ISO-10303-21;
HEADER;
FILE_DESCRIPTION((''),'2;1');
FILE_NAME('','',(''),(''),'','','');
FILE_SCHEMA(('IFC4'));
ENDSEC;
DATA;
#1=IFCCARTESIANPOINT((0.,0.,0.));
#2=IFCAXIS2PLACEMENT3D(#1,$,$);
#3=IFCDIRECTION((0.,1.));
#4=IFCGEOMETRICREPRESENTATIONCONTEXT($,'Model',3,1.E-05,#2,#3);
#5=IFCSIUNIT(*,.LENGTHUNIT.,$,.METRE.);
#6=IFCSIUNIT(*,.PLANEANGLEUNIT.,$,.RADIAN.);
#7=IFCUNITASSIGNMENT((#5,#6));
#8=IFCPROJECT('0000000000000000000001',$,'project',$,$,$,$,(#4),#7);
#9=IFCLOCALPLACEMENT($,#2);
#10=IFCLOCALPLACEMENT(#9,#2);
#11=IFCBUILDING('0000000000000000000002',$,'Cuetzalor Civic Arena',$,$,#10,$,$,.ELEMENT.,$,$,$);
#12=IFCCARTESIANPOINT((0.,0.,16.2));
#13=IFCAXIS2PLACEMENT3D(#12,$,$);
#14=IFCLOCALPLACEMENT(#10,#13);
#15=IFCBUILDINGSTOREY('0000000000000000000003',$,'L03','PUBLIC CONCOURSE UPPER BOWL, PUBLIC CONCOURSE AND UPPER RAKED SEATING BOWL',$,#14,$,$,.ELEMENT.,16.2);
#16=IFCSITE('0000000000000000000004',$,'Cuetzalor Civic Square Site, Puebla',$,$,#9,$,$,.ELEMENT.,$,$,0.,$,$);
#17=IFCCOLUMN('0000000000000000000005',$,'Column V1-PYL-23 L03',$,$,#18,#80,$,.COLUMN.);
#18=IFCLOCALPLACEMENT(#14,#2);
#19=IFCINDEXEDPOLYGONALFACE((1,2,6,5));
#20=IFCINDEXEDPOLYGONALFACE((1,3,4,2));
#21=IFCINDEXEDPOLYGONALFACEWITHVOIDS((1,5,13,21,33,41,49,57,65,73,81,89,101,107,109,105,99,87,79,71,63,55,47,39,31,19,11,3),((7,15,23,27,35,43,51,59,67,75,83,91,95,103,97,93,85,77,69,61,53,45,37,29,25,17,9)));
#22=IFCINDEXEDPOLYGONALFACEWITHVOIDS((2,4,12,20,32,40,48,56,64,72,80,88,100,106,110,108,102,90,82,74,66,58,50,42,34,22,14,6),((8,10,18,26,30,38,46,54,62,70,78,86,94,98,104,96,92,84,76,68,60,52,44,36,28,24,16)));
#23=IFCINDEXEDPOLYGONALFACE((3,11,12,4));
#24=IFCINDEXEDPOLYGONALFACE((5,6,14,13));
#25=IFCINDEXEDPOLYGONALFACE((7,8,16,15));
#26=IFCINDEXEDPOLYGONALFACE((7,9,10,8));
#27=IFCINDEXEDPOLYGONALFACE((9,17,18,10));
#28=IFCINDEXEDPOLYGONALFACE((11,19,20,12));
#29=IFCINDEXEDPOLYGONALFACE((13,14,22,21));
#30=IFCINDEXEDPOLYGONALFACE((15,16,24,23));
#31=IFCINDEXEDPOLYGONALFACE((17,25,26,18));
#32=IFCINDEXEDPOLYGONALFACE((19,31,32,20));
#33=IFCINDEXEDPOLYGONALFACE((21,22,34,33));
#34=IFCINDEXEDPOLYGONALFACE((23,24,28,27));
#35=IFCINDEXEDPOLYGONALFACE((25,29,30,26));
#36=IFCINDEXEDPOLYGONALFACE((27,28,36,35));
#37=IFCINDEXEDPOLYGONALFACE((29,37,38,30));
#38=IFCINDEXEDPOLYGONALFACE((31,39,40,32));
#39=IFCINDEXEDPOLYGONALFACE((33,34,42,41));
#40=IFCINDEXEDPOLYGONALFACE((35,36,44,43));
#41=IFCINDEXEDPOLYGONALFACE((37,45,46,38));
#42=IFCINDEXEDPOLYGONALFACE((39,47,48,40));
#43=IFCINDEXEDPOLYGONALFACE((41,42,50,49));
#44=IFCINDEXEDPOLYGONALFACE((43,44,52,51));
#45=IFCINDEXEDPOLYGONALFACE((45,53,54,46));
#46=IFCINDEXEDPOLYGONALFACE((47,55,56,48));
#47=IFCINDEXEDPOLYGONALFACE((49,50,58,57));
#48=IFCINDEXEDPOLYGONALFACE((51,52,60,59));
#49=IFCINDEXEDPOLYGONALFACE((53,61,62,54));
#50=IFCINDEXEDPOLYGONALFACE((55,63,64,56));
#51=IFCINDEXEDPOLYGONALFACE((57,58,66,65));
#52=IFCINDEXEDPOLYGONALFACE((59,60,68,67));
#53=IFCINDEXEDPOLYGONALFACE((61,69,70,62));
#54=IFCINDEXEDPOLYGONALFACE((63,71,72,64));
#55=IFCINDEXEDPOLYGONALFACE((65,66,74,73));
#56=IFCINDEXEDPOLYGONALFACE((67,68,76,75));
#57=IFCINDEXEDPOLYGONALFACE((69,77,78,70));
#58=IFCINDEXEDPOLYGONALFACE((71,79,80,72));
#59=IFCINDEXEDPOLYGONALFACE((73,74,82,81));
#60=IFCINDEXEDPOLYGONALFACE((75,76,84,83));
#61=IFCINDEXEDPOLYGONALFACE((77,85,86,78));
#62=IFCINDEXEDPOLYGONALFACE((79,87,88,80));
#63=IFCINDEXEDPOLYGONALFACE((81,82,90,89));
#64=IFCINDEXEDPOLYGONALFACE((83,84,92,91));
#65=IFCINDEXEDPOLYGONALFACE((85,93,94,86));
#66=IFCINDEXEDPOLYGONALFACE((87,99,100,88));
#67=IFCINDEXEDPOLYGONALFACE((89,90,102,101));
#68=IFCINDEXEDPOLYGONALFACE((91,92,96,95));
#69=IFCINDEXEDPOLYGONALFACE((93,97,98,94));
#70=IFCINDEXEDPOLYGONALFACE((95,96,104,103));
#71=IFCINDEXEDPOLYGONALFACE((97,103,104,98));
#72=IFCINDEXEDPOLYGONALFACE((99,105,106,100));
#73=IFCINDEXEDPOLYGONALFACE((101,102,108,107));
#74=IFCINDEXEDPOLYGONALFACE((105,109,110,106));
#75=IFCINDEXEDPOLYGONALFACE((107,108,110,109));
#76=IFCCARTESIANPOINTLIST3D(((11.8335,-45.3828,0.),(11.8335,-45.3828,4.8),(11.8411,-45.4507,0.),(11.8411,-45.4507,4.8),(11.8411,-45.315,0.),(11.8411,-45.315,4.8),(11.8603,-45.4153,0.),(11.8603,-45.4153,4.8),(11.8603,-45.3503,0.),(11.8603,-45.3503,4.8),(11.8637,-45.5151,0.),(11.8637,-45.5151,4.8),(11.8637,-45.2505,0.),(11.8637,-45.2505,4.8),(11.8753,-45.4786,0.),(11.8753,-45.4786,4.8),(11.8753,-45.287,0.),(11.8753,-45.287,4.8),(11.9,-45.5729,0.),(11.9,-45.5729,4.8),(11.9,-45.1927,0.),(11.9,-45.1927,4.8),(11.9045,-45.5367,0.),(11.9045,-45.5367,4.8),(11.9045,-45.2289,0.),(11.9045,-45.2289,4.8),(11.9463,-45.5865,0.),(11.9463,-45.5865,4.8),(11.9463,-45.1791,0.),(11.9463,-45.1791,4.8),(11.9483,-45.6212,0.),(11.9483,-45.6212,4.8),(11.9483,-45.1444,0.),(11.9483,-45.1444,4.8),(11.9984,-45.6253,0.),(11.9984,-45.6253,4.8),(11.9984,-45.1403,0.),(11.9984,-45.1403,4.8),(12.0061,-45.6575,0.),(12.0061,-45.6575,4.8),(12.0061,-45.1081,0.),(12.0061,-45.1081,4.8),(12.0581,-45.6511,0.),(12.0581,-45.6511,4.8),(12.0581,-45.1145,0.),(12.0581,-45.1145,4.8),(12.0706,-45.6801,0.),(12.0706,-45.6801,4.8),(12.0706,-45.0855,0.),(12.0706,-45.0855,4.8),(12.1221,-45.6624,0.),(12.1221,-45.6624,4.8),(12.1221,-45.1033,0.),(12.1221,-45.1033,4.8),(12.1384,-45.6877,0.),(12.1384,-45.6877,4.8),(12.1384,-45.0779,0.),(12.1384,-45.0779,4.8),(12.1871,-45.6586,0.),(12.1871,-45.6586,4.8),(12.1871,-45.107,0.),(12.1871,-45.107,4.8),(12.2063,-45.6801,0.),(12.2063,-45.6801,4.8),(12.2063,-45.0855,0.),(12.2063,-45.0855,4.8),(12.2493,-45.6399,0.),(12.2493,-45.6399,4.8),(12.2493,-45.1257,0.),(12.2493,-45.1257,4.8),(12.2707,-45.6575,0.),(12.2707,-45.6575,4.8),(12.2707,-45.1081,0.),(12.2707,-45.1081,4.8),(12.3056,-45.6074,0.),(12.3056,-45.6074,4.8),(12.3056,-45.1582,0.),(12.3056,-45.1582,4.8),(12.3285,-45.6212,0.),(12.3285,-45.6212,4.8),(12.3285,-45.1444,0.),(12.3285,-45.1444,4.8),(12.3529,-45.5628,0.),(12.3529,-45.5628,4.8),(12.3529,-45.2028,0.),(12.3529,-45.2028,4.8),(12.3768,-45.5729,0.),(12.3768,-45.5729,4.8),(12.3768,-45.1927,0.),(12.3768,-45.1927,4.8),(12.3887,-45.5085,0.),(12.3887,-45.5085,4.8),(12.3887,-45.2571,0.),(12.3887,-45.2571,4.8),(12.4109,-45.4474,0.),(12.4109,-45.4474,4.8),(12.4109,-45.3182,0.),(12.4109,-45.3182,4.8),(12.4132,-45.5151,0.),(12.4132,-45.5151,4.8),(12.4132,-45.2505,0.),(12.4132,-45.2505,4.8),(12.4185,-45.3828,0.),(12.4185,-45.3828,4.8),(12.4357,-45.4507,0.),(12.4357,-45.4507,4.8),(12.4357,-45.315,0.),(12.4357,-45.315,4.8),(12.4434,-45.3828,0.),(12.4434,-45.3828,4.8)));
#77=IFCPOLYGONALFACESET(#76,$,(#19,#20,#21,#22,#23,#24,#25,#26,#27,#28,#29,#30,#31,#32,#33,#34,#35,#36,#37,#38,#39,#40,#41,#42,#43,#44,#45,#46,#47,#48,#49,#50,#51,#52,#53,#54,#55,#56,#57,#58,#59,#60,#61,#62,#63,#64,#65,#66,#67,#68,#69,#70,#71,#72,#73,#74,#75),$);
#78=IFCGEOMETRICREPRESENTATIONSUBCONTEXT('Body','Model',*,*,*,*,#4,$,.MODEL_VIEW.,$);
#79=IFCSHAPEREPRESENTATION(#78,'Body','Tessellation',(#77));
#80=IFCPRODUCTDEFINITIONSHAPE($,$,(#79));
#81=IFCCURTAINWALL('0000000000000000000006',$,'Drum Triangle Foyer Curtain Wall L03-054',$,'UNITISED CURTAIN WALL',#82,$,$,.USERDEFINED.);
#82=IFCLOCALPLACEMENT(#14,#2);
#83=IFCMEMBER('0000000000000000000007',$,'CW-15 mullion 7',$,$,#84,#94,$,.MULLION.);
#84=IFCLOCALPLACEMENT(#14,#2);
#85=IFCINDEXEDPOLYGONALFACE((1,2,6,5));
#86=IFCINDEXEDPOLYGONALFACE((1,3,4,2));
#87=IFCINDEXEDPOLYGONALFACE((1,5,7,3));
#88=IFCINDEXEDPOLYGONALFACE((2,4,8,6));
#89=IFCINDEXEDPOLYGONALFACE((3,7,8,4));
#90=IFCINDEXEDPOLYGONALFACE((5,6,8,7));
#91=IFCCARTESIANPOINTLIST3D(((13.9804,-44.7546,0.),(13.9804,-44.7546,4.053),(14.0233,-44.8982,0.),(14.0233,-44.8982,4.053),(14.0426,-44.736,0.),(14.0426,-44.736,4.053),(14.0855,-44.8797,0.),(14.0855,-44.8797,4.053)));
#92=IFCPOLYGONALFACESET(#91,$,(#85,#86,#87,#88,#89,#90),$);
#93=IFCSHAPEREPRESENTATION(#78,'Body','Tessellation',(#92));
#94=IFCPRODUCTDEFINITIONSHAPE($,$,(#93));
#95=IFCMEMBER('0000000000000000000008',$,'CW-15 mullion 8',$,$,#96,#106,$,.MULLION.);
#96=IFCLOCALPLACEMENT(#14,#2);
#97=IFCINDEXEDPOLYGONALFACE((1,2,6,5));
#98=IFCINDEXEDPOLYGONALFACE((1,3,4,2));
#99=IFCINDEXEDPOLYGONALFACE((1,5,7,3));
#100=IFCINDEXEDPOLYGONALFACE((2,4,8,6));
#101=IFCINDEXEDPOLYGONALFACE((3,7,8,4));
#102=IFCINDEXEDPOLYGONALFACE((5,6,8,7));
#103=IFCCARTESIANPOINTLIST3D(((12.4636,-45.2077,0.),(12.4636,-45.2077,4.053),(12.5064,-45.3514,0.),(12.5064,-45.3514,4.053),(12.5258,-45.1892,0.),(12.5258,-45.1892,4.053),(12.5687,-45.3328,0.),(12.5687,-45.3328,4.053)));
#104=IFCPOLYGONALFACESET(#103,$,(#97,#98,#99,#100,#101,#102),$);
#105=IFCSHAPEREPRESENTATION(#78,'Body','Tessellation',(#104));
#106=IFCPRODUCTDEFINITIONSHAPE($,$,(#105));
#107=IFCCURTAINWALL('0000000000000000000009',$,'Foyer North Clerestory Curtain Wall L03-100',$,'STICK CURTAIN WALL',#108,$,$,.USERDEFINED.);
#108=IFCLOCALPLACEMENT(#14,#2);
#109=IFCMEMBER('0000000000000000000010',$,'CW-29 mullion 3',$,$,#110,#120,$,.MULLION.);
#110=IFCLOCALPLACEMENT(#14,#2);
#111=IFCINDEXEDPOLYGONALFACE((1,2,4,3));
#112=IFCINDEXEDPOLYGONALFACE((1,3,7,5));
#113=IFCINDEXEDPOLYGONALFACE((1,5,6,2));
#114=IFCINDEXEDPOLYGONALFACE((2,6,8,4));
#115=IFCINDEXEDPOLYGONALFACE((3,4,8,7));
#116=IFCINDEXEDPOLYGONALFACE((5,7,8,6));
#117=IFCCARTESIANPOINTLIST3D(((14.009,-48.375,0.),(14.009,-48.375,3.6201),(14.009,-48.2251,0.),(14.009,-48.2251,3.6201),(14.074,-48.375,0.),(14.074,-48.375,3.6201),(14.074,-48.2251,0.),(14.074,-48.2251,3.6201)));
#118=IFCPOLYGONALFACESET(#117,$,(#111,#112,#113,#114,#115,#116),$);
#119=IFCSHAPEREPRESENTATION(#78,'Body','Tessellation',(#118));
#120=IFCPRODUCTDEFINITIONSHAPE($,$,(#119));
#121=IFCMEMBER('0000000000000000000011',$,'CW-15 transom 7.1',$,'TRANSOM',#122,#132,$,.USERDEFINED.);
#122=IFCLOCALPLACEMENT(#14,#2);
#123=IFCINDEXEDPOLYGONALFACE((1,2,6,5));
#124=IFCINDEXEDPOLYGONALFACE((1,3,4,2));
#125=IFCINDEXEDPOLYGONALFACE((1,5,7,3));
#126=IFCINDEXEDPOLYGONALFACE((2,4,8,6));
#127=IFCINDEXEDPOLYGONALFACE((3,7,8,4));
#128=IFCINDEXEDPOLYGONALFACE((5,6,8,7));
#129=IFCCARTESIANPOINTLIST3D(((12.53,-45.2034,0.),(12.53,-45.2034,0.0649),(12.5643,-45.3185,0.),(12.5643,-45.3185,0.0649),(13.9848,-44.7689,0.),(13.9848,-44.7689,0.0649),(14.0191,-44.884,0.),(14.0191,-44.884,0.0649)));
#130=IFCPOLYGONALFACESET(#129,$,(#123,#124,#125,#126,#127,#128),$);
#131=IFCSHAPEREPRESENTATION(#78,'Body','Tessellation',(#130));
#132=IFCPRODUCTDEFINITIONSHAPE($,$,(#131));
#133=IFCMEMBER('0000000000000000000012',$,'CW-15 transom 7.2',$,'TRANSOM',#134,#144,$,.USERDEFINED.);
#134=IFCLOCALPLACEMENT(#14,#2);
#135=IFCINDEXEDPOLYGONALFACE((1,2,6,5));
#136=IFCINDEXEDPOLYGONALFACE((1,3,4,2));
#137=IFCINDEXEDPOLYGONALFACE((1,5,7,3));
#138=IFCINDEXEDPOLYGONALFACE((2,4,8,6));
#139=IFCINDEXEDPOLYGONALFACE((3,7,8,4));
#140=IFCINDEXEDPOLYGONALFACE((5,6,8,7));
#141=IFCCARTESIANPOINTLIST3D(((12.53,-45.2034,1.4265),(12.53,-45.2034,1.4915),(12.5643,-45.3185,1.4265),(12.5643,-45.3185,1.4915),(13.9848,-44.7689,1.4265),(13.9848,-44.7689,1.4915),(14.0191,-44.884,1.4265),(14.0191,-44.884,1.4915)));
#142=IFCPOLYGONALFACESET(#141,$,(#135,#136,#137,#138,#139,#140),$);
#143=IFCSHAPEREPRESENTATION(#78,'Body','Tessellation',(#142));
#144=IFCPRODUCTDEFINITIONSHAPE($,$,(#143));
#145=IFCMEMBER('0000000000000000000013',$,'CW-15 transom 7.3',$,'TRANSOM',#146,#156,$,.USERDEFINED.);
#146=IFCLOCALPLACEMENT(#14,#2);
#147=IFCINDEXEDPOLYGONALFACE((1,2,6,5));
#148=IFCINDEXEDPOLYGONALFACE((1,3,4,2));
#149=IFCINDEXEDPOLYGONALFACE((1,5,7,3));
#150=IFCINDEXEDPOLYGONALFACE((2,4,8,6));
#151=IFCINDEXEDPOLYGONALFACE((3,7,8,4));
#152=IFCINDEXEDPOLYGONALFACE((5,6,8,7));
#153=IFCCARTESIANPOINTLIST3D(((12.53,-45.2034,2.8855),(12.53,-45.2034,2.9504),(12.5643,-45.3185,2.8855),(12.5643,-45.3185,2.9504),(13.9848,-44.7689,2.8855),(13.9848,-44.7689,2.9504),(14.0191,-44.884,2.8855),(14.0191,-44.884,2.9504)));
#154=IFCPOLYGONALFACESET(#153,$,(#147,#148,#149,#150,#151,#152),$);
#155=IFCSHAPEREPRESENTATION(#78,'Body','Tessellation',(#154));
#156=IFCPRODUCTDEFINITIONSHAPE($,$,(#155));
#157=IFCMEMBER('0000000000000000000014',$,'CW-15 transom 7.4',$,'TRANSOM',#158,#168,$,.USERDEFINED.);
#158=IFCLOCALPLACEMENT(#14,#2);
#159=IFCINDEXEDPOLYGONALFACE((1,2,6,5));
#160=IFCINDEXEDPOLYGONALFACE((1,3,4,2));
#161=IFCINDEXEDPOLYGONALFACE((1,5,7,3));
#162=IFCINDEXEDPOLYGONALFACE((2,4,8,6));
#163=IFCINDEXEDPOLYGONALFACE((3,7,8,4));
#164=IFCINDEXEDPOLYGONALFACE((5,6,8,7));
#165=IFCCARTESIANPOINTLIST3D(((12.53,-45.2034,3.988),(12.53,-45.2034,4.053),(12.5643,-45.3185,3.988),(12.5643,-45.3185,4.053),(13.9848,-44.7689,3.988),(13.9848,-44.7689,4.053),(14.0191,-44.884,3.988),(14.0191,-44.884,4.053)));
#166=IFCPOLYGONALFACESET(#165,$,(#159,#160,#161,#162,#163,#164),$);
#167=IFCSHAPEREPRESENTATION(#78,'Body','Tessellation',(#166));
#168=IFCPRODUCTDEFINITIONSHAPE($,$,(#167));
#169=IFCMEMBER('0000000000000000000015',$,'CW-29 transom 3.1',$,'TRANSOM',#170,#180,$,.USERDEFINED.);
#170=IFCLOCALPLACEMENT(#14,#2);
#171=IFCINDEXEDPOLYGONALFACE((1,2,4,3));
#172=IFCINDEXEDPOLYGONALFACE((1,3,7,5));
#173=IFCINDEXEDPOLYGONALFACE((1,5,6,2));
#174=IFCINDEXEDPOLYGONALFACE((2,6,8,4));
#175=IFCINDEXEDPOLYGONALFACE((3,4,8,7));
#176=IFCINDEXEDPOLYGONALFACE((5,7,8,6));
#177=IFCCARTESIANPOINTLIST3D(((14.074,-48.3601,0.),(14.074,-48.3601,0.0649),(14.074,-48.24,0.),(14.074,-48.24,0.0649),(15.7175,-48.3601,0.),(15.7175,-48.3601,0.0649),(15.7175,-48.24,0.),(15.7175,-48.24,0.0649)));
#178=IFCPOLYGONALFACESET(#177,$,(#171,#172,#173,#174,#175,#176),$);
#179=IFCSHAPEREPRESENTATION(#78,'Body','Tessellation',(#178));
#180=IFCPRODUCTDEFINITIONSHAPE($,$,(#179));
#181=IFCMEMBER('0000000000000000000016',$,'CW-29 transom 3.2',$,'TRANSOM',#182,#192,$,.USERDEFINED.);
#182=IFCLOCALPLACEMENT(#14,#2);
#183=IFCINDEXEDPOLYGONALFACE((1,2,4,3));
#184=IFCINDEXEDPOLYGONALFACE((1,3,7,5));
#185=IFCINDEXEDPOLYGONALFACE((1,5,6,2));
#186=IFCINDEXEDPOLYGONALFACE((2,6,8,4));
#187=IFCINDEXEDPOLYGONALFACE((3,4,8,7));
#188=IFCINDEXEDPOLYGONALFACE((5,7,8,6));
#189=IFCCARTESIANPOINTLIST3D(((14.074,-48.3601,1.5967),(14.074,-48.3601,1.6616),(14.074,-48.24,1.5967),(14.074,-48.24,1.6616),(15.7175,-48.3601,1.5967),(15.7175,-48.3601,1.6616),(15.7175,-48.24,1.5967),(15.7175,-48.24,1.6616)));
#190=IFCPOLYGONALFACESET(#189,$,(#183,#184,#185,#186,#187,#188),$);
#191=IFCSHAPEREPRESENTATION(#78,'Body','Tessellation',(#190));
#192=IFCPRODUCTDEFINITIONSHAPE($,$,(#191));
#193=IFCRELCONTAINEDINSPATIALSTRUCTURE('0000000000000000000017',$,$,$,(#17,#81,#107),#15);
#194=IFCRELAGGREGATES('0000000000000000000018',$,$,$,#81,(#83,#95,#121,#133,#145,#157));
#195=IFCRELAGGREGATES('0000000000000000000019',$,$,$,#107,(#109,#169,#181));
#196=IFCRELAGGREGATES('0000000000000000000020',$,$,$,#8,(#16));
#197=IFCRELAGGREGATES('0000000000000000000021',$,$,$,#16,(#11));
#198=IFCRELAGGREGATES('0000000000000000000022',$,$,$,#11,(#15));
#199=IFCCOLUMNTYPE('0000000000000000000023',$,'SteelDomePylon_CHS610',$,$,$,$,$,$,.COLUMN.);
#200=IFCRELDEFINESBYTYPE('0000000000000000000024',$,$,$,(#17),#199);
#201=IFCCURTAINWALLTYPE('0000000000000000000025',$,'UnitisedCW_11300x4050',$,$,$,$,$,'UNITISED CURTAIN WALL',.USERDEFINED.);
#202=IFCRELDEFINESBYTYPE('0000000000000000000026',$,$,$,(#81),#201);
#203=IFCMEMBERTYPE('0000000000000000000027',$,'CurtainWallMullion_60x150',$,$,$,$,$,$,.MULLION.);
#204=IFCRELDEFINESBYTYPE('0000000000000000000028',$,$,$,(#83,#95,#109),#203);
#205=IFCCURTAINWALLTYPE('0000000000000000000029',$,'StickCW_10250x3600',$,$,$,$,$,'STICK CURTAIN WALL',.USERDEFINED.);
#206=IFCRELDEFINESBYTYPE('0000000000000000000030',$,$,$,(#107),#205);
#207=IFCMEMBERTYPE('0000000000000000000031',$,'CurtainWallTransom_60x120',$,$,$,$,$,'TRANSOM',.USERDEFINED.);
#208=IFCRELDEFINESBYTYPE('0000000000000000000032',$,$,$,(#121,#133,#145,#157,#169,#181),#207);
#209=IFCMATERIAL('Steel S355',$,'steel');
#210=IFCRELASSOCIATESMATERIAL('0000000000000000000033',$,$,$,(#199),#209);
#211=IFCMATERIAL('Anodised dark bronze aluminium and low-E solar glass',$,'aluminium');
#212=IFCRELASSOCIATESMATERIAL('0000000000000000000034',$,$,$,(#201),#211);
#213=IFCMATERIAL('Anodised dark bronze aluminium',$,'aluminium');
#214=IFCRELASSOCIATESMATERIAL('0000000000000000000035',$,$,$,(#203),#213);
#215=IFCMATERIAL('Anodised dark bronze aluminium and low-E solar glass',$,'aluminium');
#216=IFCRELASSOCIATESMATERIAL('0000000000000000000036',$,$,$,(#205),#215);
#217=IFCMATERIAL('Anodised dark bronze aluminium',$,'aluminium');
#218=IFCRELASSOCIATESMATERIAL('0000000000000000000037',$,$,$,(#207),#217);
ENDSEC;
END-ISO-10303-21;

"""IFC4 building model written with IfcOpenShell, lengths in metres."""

from ifc_helpers import new_model, si_unit, direction, frame, origin, origin_2d, place, context, subcontext, project, spatial, rectangle, hollow_circle, extrude, material, material_profile, profile_set, type_object, element, aggregate, save


model = new_model("IFC4")

# Units and contexts
model_context = context("Model", 3, precision=1e-05, world=origin(), true_north=direction((0.0, 1.0)))
body_context = subcontext(model_context, "Body", "Model", "MODEL_VIEW")
ifc_project = project(units=[si_unit("LENGTHUNIT", "METRE"), si_unit("PLANEANGLEUNIT", "RADIAN")], contexts=[model_context])

# Site, building, storey
site_placement = place(None, origin())
site = spatial("IfcSite", under=ifc_project, at=site_placement, Name="Cuetzalor Civic Square Site, Puebla", CompositionType="ELEMENT", RefElevation=0.0)
building_placement = place(site_placement, origin())
building = spatial("IfcBuilding", under=site, at=building_placement, Name="Cuetzalor Civic Arena", CompositionType="ELEMENT")
storey_placement = place(building_placement, frame((0.0, 0.0, 16.2)))
storey = spatial("IfcBuildingStorey", under=building, at=storey_placement, Name="L03", Description="PUBLIC CONCOURSE UPPER BOWL, PUBLIC CONCOURSE AND UPPER RAKED SEATING BOWL", CompositionType="ELEMENT", Elevation=16.2)

# Column
ifc_material_1 = material(Name="Steel S355", Category="steel")
ifc_material_profile_1 = material_profile(ifc_material_1, hollow_circle(Radius=0.3049, WallThickness=0.0249, at=origin_2d()), Name="CHS 610x25")
ifc_profile_set_1 = profile_set([ifc_material_profile_1], Name="Steel S355")
column_type = type_object("IfcColumnType", Name="SteelDomePylon_CHS610", PredefinedType="COLUMN", material=ifc_profile_set_1)
column_placement = place(storey_placement, frame((12.1384, -45.3828, 0.0), z_axis=(0.0, 0.0, 1.0), x_axis=(1.0, 0.0, 0.0)))
element("IfcColumn", 1, at=column_placement, inside=storey, type_object=column_type, Name="Column V1-PYL-23 L03", PredefinedType="COLUMN", context=body_context, shape_type="SweptSolid", body=[
    extrude(hollow_circle(Radius=0.3049, WallThickness=0.0249, at=origin_2d()), origin(), (0.0, 0.0, 1.0), 4.8),
])

# Curtain wall, members
ifc_material_2 = material(Name="Anodised dark bronze aluminium and low-E solar glass", Category="aluminium")
curtain_wall_type_1 = type_object("IfcCurtainWallType", Name="UnitisedCW_11300x4050", ElementType="UNITISED CURTAIN WALL", PredefinedType="USERDEFINED", material=ifc_material_2)
curtain_wall_1_placement = place(storey_placement, origin())
curtain_wall_1 = element("IfcCurtainWall", 2, at=curtain_wall_1_placement, inside=storey, type_object=curtain_wall_type_1, Name="Drum Triangle Foyer Curtain Wall L03-054", ObjectType="UNITISED CURTAIN WALL", PredefinedType="USERDEFINED")
ifc_material_3 = material(Name="Anodised dark bronze aluminium", Category="aluminium")
ifc_material_profile_2 = material_profile(ifc_material_3, rectangle(XDim=0.0649, YDim=0.1499, at=origin_2d()), Name="ALU MULLION 65x150")
ifc_profile_set_2 = profile_set([ifc_material_profile_2], Name="Anodised dark bronze aluminium")
member_type_1 = type_object("IfcMemberType", Name="CurtainWallMullion_60x150", PredefinedType="MULLION", material=ifc_profile_set_2)
member_1_placement = place(storey_placement, frame((14.033, -44.8171, 0.0), z_axis=(0.0, 0.0, 1.0), x_axis=(-0.958194, -0.28612, 0.0)))
member_1 = element("IfcMember", 3, at=member_1_placement, type_object=member_type_1, Name="CW-15 mullion 7", PredefinedType="MULLION", context=body_context, shape_type="SweptSolid", body=[
    extrude(rectangle(XDim=0.0649, YDim=0.1499, at=origin_2d()), origin(), (0.0, 0.0, 1.0), 4.053),
])
member_2_placement = place(storey_placement, frame((12.5161, -45.2703, 0.0), z_axis=(0.0, 0.0, 1.0), x_axis=(-0.958194, -0.28612, 0.0)))
member_2 = element("IfcMember", 4, at=member_2_placement, type_object=member_type_1, Name="CW-15 mullion 8", PredefinedType="MULLION", context=body_context, shape_type="SweptSolid", body=[
    extrude(rectangle(XDim=0.0649, YDim=0.1499, at=origin_2d()), origin(), (0.0, 0.0, 1.0), 4.053),
])

# Curtain wall, member
ifc_material_4 = material(Name="Anodised dark bronze aluminium and low-E solar glass", Category="aluminium")
curtain_wall_type_2 = type_object("IfcCurtainWallType", Name="StickCW_10250x3600", ElementType="STICK CURTAIN WALL", PredefinedType="USERDEFINED", material=ifc_material_4)
curtain_wall_2_placement = place(storey_placement, origin())
curtain_wall_2 = element("IfcCurtainWall", 5, at=curtain_wall_2_placement, inside=storey, type_object=curtain_wall_type_2, Name="Foyer North Clerestory Curtain Wall L03-100", ObjectType="STICK CURTAIN WALL", PredefinedType="USERDEFINED")
member_3_placement = place(storey_placement, frame((14.0415, -48.3, 0.0), z_axis=(0.0, 0.0, 1.0), x_axis=(1.0, 0.0, 0.0)))
member_3 = element("IfcMember", 6, at=member_3_placement, type_object=member_type_1, Name="CW-29 mullion 3", PredefinedType="MULLION", context=body_context, shape_type="SweptSolid", body=[
    extrude(rectangle(XDim=0.0649, YDim=0.1499, at=origin_2d()), origin(), (0.0, 0.0, 1.0), 3.6201),
])

# Members
ifc_material_5 = material(Name="Anodised dark bronze aluminium", Category="aluminium")
ifc_material_profile_3 = material_profile(ifc_material_5, rectangle(XDim=0.1201, YDim=0.0649, at=origin_2d()), Name="ALU TRANSOM 65x120")
ifc_profile_set_3 = profile_set([ifc_material_profile_3], Name="Anodised dark bronze aluminium")
member_type_2 = type_object("IfcMemberType", Name="CurtainWallTransom_60x120", ElementType="TRANSOM", PredefinedType="USERDEFINED", material=ifc_profile_set_3)
member_4_placement = place(storey_placement, frame((14.002, -44.8264, 0.0325), z_axis=(-0.958166, -0.286212, 0.0), x_axis=(0.286212, -0.958166, 0.0)))
member_4 = element("IfcMember", 7, at=member_4_placement, type_object=member_type_2, Name="CW-15 transom 7.1", ObjectType="TRANSOM", PredefinedType="USERDEFINED", context=body_context, shape_type="SweptSolid", body=[
    extrude(rectangle(XDim=0.1201, YDim=0.0649, at=origin_2d()), origin(), (0.0, 0.0, 1.0), 1.5183),
])
member_5_placement = place(storey_placement, frame((14.002, -44.8264, 1.459), z_axis=(-0.958166, -0.286212, 0.0), x_axis=(0.286212, -0.958166, 0.0)))
member_5 = element("IfcMember", 8, at=member_5_placement, type_object=member_type_2, Name="CW-15 transom 7.2", ObjectType="TRANSOM", PredefinedType="USERDEFINED", context=body_context, shape_type="SweptSolid", body=[
    extrude(rectangle(XDim=0.1201, YDim=0.0649, at=origin_2d()), origin(), (0.0, 0.0, 1.0), 1.5183),
])
member_6_placement = place(storey_placement, frame((14.002, -44.8264, 2.918), z_axis=(-0.958166, -0.286212, 0.0), x_axis=(0.286212, -0.958166, 0.0)))
member_6 = element("IfcMember", 9, at=member_6_placement, type_object=member_type_2, Name="CW-15 transom 7.3", ObjectType="TRANSOM", PredefinedType="USERDEFINED", context=body_context, shape_type="SweptSolid", body=[
    extrude(rectangle(XDim=0.1201, YDim=0.0649, at=origin_2d()), origin(), (0.0, 0.0, 1.0), 1.5183),
])
member_7_placement = place(storey_placement, frame((14.002, -44.8264, 4.0205), z_axis=(-0.958166, -0.286212, 0.0), x_axis=(0.286212, -0.958166, 0.0)))
member_7 = element("IfcMember", 10, at=member_7_placement, type_object=member_type_2, Name="CW-15 transom 7.4", ObjectType="TRANSOM", PredefinedType="USERDEFINED", context=body_context, shape_type="SweptSolid", body=[
    extrude(rectangle(XDim=0.1201, YDim=0.0649, at=origin_2d()), origin(), (0.0, 0.0, 1.0), 1.5183),
])
member_8_placement = place(storey_placement, frame((14.074, -48.3, 0.0325), z_axis=(1.0, 0.0, 0.0), x_axis=(0.0, 1.0, 0.0)))
member_8 = element("IfcMember", 11, at=member_8_placement, type_object=member_type_2, Name="CW-29 transom 3.1", ObjectType="TRANSOM", PredefinedType="USERDEFINED", context=body_context, shape_type="SweptSolid", body=[
    extrude(rectangle(XDim=0.1201, YDim=0.0649, at=origin_2d()), origin(), (0.0, 0.0, 1.0), 1.6436),
])
member_9_placement = place(storey_placement, frame((14.074, -48.3, 1.6292), z_axis=(1.0, 0.0, 0.0), x_axis=(0.0, 1.0, 0.0)))
member_9 = element("IfcMember", 12, at=member_9_placement, type_object=member_type_2, Name="CW-29 transom 3.2", ObjectType="TRANSOM", PredefinedType="USERDEFINED", context=body_context, shape_type="SweptSolid", body=[
    extrude(rectangle(XDim=0.1201, YDim=0.0649, at=origin_2d()), origin(), (0.0, 0.0, 1.0), 1.6436),
])

aggregate(curtain_wall_1, [member_1, member_2, member_4, member_5, member_6, member_7])
aggregate(curtain_wall_2, [member_3, member_8, member_9])

save(model, "model.ifc")
